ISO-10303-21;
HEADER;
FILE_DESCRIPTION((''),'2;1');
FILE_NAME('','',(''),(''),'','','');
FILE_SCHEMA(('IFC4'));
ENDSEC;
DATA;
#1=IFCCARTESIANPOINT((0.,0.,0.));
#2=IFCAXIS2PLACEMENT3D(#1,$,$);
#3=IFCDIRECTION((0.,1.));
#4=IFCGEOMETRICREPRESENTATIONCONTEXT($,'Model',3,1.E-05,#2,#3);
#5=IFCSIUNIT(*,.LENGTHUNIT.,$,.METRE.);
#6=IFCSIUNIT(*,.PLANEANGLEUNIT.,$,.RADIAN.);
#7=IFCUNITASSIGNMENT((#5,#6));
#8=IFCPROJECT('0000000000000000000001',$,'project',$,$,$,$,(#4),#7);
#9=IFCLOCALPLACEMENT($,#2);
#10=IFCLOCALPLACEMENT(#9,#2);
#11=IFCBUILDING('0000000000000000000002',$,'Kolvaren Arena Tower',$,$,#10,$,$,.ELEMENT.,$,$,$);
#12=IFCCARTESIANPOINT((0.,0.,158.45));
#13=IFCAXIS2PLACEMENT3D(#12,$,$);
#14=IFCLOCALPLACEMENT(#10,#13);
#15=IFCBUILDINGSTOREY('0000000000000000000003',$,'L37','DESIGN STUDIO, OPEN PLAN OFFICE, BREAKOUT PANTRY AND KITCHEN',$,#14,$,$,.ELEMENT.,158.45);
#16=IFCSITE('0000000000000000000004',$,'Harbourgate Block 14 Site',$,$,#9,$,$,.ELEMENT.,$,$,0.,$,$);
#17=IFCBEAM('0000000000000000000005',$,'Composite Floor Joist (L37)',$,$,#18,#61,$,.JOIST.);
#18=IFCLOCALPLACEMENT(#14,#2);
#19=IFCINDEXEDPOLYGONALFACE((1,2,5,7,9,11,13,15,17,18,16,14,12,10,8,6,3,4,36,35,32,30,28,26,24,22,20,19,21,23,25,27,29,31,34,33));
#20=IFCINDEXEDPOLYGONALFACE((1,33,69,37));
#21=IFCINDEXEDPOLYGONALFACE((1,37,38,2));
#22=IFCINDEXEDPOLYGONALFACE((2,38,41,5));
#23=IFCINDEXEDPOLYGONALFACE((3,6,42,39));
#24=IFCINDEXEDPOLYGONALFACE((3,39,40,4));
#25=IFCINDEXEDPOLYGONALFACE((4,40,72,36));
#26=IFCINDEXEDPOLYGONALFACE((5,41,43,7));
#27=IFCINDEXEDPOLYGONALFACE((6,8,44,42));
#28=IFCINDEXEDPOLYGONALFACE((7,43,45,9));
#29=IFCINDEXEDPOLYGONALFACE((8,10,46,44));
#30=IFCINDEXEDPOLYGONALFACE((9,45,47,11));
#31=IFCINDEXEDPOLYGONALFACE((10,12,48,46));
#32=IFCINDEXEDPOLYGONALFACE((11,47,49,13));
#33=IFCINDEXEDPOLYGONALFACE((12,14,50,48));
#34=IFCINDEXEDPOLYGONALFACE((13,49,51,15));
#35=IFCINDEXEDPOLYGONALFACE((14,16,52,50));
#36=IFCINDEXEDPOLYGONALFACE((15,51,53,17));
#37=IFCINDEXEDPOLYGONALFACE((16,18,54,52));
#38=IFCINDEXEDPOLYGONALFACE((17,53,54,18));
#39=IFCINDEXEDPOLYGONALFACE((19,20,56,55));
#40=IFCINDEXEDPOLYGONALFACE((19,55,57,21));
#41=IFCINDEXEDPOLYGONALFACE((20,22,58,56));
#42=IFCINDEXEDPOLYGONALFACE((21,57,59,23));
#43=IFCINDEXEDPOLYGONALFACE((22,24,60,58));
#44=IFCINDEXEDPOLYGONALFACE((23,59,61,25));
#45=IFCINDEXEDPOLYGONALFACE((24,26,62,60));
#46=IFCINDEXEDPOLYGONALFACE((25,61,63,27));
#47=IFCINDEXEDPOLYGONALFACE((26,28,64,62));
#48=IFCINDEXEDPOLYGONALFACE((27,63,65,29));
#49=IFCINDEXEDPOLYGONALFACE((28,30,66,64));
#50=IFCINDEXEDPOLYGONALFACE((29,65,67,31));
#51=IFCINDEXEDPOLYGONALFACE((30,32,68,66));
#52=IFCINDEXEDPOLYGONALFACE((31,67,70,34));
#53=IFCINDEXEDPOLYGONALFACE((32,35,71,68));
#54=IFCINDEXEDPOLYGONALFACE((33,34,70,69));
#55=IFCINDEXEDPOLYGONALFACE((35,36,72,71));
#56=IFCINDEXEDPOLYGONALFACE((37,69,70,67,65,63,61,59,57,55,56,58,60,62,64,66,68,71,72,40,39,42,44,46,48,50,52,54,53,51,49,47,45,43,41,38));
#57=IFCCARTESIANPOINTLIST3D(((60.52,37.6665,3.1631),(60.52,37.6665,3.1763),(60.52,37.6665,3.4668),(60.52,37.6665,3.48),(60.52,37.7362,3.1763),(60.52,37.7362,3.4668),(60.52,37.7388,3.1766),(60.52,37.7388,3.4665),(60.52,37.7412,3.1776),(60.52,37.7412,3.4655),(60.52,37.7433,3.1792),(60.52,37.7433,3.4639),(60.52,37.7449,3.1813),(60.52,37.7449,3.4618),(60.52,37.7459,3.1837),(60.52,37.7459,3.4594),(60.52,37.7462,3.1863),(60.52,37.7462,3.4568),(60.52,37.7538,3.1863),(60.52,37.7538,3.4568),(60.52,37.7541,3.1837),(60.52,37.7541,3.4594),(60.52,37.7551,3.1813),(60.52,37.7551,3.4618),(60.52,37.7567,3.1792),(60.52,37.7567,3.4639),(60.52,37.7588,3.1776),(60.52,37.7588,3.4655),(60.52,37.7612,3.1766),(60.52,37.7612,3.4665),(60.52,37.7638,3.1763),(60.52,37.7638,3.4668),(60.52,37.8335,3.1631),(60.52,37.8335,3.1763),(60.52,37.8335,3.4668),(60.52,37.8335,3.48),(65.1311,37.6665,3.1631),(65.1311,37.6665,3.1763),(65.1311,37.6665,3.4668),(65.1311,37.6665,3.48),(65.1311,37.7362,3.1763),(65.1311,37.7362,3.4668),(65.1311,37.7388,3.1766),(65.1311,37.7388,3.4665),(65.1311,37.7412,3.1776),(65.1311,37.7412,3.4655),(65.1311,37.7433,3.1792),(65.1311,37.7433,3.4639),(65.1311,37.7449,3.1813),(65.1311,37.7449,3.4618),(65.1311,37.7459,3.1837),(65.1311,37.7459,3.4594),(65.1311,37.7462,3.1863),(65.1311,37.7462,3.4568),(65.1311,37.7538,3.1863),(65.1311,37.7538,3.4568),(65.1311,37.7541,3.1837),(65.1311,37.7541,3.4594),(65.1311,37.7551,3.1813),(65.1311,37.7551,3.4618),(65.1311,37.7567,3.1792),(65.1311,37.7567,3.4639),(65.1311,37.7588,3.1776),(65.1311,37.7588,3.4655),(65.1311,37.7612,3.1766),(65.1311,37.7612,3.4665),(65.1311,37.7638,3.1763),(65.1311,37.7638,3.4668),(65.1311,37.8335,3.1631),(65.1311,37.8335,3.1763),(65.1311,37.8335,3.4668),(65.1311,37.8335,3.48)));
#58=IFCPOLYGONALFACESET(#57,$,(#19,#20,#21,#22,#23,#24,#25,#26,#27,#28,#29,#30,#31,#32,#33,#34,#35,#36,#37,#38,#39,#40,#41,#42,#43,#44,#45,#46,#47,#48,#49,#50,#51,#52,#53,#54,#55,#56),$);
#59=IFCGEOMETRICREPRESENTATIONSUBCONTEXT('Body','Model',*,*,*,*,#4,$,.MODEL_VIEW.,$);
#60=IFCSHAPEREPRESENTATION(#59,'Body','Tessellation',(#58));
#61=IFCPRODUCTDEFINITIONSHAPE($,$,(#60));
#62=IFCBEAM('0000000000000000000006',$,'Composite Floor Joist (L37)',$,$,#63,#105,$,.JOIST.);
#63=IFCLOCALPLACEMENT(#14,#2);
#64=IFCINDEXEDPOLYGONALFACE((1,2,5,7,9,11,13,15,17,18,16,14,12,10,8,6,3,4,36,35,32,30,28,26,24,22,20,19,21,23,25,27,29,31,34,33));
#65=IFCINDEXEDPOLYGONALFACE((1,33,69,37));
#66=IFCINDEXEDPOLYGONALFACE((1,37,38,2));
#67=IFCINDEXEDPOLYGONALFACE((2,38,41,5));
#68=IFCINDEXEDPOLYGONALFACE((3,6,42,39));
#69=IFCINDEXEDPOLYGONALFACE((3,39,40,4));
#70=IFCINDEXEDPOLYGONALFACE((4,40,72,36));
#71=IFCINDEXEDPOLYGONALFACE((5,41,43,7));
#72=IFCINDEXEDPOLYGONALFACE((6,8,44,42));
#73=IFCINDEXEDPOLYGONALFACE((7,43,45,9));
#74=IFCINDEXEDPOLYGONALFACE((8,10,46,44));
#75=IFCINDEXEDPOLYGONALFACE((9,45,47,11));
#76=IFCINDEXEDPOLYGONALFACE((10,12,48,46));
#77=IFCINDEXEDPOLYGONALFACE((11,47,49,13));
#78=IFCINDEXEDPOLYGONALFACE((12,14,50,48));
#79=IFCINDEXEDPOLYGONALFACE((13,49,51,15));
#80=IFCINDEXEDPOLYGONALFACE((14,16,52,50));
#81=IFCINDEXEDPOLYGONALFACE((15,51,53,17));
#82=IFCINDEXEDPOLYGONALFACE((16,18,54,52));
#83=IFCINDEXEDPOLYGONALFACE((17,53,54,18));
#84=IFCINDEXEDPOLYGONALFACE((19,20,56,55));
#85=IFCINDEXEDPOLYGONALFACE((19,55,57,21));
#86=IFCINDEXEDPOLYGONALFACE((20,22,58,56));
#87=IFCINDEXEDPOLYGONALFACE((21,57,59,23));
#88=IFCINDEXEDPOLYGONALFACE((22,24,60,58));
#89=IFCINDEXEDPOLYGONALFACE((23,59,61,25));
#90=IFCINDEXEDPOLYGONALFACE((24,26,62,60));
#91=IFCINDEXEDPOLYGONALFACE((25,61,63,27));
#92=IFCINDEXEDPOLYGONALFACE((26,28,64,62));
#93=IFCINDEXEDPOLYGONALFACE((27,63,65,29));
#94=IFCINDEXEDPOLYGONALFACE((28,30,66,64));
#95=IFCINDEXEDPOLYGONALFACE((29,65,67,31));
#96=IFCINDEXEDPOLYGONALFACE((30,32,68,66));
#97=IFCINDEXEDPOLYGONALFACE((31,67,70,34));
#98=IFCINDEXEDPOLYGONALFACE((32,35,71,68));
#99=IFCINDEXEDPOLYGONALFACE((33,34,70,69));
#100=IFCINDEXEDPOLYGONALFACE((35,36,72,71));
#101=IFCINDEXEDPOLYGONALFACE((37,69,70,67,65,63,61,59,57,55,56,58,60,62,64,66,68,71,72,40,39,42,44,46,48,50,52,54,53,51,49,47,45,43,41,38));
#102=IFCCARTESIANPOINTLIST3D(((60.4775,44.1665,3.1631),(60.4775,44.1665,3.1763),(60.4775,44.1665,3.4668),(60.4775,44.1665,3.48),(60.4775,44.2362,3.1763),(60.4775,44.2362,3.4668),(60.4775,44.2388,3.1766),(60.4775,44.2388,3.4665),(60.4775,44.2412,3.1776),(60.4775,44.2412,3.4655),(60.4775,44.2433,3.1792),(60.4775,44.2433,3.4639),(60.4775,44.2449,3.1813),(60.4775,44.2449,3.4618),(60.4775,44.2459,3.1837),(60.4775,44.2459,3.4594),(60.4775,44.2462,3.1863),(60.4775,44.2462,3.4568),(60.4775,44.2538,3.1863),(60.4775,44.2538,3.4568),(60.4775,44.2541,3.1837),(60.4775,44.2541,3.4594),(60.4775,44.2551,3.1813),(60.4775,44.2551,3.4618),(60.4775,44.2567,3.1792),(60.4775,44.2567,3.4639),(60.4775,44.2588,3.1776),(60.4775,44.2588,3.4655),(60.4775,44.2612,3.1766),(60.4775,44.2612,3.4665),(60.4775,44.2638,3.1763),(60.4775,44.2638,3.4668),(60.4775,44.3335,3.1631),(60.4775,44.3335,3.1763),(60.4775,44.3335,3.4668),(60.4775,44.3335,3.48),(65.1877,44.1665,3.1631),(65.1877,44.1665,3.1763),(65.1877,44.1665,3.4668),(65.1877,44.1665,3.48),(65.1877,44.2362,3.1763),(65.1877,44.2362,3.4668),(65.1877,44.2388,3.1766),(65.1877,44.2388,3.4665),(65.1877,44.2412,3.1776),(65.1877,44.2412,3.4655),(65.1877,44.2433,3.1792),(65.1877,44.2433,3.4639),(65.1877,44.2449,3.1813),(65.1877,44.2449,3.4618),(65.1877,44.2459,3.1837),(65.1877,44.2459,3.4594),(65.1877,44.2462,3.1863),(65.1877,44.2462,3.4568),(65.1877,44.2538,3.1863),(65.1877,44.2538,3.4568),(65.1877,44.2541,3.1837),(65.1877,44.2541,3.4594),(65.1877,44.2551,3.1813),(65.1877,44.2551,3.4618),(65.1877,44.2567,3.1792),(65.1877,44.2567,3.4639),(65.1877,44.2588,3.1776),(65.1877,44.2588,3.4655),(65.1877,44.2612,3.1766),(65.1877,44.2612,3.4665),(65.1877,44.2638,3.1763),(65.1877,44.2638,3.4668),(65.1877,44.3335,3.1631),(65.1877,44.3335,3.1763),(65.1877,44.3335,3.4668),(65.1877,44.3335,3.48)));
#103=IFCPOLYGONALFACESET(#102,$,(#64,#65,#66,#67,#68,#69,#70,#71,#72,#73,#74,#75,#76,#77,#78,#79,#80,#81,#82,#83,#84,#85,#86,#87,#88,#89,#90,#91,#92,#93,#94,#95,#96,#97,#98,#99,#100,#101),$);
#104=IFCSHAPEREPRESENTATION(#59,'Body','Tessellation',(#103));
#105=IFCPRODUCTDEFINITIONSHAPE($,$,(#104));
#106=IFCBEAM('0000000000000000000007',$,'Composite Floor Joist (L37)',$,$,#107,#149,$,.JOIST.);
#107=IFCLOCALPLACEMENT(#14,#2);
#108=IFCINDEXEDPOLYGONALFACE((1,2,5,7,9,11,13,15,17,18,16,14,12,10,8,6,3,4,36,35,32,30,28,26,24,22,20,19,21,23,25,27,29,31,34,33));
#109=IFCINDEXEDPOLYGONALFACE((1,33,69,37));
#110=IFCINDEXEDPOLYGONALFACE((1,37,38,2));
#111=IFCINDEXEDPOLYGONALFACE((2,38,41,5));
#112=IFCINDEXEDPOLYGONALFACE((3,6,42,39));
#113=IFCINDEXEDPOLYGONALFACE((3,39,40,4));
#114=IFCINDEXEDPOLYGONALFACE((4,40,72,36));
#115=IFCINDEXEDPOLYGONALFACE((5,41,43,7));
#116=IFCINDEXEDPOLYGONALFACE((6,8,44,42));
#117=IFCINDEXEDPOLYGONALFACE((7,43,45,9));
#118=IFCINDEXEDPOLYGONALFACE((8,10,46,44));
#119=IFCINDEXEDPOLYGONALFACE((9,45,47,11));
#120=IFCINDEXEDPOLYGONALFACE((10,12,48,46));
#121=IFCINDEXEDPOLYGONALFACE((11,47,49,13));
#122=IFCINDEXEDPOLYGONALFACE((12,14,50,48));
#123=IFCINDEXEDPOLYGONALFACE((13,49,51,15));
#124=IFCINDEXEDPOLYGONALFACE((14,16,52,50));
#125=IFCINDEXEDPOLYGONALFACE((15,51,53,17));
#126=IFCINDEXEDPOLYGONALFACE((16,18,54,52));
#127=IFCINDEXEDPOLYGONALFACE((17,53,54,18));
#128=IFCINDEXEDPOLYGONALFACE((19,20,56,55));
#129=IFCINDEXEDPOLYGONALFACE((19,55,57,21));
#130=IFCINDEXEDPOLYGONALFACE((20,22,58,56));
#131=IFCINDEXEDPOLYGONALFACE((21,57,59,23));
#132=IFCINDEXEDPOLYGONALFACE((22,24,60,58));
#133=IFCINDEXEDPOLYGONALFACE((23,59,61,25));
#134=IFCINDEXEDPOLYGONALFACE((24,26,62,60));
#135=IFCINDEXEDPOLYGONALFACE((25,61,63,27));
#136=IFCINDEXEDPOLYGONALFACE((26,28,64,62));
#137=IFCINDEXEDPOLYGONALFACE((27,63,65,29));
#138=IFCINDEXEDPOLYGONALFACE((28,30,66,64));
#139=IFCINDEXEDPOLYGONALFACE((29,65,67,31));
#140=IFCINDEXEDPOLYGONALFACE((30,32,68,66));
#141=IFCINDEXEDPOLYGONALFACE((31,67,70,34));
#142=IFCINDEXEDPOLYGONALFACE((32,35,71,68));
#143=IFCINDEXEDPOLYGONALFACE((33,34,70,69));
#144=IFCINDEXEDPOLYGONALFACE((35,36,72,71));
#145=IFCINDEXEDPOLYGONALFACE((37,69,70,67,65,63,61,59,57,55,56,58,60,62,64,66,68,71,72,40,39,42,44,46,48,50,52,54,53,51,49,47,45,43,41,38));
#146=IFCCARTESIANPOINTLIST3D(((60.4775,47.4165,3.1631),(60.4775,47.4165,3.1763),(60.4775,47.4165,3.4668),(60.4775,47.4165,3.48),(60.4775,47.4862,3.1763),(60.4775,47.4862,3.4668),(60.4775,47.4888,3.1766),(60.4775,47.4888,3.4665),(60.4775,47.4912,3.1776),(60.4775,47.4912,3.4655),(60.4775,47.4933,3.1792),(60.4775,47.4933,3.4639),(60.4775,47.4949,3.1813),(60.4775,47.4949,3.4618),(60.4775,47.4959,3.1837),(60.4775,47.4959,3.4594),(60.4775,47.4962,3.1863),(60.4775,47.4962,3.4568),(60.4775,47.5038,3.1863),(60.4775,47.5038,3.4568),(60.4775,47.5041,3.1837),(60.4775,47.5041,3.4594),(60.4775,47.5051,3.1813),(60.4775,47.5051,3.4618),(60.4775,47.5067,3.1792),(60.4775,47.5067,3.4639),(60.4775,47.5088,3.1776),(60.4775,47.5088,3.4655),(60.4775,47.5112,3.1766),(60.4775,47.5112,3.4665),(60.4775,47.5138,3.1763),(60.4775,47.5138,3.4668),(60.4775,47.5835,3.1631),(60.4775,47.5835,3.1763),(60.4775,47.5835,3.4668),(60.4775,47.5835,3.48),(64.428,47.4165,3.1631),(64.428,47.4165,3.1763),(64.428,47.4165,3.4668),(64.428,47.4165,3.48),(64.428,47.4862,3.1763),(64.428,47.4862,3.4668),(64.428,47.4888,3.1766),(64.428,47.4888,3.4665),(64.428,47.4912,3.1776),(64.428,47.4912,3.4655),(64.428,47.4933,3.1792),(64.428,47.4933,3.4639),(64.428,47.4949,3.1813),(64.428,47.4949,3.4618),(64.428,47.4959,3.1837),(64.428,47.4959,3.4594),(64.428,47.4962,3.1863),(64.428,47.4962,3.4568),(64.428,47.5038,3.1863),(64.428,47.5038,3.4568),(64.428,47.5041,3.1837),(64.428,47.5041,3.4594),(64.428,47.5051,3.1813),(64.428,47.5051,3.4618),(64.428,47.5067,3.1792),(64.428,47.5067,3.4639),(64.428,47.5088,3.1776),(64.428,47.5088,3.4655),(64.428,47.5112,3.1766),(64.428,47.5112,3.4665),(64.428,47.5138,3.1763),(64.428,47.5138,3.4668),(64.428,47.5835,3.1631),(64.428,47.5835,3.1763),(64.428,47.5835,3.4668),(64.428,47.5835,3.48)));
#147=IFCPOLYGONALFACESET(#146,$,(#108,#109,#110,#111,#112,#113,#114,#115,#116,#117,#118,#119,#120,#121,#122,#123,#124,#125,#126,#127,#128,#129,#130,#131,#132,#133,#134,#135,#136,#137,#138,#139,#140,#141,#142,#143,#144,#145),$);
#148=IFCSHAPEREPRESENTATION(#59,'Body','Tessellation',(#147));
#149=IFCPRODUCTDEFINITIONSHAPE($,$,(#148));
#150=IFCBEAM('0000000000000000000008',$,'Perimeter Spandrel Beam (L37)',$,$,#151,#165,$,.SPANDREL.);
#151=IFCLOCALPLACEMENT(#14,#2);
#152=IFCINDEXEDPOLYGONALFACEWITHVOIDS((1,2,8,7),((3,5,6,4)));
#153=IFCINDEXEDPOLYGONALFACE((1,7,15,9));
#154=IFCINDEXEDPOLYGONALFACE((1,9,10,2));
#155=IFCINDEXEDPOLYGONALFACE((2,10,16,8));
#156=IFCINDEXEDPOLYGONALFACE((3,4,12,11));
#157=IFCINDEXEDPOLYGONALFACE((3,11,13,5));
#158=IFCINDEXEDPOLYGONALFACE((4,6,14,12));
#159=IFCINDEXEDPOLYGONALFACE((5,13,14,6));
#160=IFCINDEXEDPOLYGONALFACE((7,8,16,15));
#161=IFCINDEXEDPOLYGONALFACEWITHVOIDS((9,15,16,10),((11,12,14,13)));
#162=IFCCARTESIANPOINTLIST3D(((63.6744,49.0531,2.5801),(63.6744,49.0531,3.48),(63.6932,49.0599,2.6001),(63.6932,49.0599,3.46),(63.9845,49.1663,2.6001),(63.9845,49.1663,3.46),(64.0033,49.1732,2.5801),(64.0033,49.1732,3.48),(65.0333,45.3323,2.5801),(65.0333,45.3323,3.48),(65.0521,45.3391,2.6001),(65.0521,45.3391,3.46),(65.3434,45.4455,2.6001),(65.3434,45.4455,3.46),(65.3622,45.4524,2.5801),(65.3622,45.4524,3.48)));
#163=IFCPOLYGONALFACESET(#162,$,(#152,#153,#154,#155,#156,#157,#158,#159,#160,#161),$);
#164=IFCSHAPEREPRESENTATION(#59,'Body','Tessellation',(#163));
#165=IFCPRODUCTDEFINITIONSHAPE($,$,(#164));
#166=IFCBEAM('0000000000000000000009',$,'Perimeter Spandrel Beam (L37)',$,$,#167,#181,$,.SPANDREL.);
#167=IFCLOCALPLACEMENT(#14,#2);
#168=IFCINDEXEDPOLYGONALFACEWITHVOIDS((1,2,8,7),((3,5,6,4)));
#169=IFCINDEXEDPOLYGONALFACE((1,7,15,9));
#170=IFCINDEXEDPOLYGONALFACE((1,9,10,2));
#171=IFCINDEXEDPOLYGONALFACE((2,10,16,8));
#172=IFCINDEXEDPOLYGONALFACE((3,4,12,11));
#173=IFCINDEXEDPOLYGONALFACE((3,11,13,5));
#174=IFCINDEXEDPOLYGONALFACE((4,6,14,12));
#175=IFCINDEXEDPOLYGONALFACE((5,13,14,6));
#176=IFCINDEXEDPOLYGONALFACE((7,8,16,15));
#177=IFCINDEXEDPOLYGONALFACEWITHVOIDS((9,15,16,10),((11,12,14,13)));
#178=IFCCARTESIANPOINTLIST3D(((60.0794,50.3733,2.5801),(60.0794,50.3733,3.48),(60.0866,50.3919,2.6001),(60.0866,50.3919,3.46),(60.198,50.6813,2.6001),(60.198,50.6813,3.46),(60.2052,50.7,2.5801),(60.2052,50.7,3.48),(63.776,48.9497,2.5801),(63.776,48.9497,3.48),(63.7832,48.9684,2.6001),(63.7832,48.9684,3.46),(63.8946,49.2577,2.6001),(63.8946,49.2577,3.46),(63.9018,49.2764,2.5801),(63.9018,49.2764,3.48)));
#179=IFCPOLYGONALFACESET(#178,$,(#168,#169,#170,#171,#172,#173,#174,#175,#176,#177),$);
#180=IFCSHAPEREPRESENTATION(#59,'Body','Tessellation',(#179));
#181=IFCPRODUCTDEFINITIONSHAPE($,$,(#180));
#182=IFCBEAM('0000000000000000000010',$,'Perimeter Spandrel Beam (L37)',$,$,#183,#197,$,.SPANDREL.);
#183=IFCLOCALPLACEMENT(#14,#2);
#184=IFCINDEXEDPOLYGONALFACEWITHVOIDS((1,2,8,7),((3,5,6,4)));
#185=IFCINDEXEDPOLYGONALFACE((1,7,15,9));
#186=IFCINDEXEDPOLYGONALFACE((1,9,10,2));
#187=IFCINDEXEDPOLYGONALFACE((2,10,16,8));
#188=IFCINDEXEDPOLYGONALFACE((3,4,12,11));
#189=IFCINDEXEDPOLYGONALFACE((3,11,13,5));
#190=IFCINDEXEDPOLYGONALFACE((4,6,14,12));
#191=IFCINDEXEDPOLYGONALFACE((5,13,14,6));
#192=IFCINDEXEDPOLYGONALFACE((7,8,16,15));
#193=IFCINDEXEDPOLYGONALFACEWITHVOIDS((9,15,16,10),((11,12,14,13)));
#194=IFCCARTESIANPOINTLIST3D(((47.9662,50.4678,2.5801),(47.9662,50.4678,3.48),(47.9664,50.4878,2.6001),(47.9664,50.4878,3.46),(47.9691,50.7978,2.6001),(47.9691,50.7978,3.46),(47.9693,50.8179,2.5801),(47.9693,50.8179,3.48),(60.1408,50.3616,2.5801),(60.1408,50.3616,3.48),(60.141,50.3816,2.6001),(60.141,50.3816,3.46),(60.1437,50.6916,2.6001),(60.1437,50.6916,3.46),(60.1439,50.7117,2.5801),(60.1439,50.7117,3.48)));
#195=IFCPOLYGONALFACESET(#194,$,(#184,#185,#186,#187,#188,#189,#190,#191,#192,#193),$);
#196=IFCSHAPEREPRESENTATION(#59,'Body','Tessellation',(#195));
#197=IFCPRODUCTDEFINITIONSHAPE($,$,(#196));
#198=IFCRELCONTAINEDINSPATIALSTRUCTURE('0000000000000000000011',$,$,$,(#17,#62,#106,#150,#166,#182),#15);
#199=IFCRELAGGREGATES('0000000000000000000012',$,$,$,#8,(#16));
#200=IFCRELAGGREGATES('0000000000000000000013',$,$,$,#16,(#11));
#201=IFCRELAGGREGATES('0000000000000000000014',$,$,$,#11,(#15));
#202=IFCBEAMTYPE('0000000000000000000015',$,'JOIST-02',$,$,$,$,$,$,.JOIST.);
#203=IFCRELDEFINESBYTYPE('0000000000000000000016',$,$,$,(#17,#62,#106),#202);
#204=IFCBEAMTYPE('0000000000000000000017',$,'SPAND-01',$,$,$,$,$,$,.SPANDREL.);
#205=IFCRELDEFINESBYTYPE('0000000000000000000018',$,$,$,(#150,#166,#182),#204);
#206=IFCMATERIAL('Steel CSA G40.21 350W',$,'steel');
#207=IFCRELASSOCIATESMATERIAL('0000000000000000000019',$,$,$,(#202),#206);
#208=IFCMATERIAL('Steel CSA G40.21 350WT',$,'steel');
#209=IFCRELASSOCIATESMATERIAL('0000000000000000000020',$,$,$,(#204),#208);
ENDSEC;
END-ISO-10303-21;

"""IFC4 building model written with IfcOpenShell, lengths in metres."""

from ifc_helpers import new_model, si_unit, direction, frame, origin, origin_2d, place, context, subcontext, project, spatial, hollow_rectangle, i_section, extrude, material, material_profile, profile_set, type_object, element, save


model = new_model("IFC4")

# Units and contexts
model_context = context("Model", 3, precision=1e-05, world=origin(), true_north=direction((0.0, 1.0)))
body_context = subcontext(model_context, "Body", "Model", "MODEL_VIEW")
ifc_project = project(units=[si_unit("LENGTHUNIT", "METRE"), si_unit("PLANEANGLEUNIT", "RADIAN")], contexts=[model_context])

# Site, building, storey
site_placement = place(None, origin())
site = spatial("IfcSite", under=ifc_project, at=site_placement, Name="Harbourgate Block 14 Site", CompositionType="ELEMENT", RefElevation=0.0)
building_placement = place(site_placement, origin())
building = spatial("IfcBuilding", under=site, at=building_placement, Name="Kolvaren Arena Tower", CompositionType="ELEMENT")
storey_placement = place(building_placement, frame((0.0, 0.0, 158.45)))
storey = spatial("IfcBuildingStorey", under=building, at=storey_placement, Name="L37", Description="DESIGN STUDIO, OPEN PLAN OFFICE, BREAKOUT PANTRY AND KITCHEN", CompositionType="ELEMENT", Elevation=158.45)

# Beams
ifc_material_1 = material(Name="Steel CSA G40.21 350W", Category="steel")
ifc_material_profile_1 = material_profile(ifc_material_1, i_section(OverallWidth=0.167, OverallDepth=0.3169, WebThickness=0.0076, FlangeThickness=0.0132, FilletRadius=0.01, at=origin_2d()), Name="W310x52")
ifc_profile_set_1 = profile_set([ifc_material_profile_1], Name="Steel CSA G40.21 350W")
beam_type_1 = type_object("IfcBeamType", Name="JOIST-02", PredefinedType="JOIST", material=ifc_profile_set_1)
beam_1_placement = place(storey_placement, frame((60.52, 37.75, 3.3215), z_axis=(1.0, 0.0, 0.0), x_axis=(0.0, 1.0, 0.0)))
element("IfcBeam", 1, at=beam_1_placement, inside=storey, type_object=beam_type_1, Name="Composite Floor Joist (L37)", PredefinedType="JOIST", context=body_context, shape_type="SweptSolid", body=[
    extrude(i_section(OverallWidth=0.167, OverallDepth=0.3169, WebThickness=0.0076, FlangeThickness=0.0132, FilletRadius=0.01, at=origin_2d()), origin(), (0.0, 0.0, 1.0), 4.6111),
])
beam_2_placement = place(storey_placement, frame((60.4775, 44.25, 3.3215), z_axis=(1.0, 0.0, 0.0), x_axis=(0.0, 1.0, 0.0)))
element("IfcBeam", 2, at=beam_2_placement, inside=storey, type_object=beam_type_1, Name="Composite Floor Joist (L37)", PredefinedType="JOIST", context=body_context, shape_type="SweptSolid", body=[
    extrude(i_section(OverallWidth=0.167, OverallDepth=0.3169, WebThickness=0.0076, FlangeThickness=0.0132, FilletRadius=0.01, at=origin_2d()), origin(), (0.0, 0.0, 1.0), 4.7102),
])
beam_3_placement = place(storey_placement, frame((60.4775, 47.5, 3.3215), z_axis=(1.0, 0.0, 0.0), x_axis=(0.0, 1.0, 0.0)))
element("IfcBeam", 3, at=beam_3_placement, inside=storey, type_object=beam_type_1, Name="Composite Floor Joist (L37)", PredefinedType="JOIST", context=body_context, shape_type="SweptSolid", body=[
    extrude(i_section(OverallWidth=0.167, OverallDepth=0.3169, WebThickness=0.0076, FlangeThickness=0.0132, FilletRadius=0.01, at=origin_2d()), origin(), (0.0, 0.0, 1.0), 3.9504),
])
ifc_material_2 = material(Name="Steel CSA G40.21 350WT", Category="steel")
ifc_material_profile_2 = material_profile(ifc_material_2, hollow_rectangle(XDim=0.3501, YDim=0.8999, WallThickness=0.02, at=origin_2d()), Name="HSS 900x350x20")
ifc_profile_set_2 = profile_set([ifc_material_profile_2], Name="Steel CSA G40.21 350WT")
beam_type_2 = type_object("IfcBeamType", Name="SPAND-01", PredefinedType="SPANDREL", material=ifc_profile_set_2)
for number, where, z_axis, x_axis, name in (
    (4, (65.1978, 45.3923, 3.03), (-0.343059, 0.939314, 0.0), (-0.939314, -0.343059, 0.0), "Perimeter Spandrel Beam (L37)"),
    (5, (63.8389, 49.113, 3.03), (-0.93319, 0.359384, 0.0), (-0.359384, -0.93319, 0.0), "Perimeter Spandrel Beam (L37)"),
):
    element("IfcBeam", number, at=place(storey_placement, frame(where, z_axis=z_axis, x_axis=x_axis)), inside=storey, type_object=beam_type_2, Name=name, PredefinedType="SPANDREL", context=body_context, shape_type="SweptSolid", body=[
        extrude(hollow_rectangle(XDim=0.3501, YDim=0.8999, WallThickness=0.02, at=origin_2d()), origin(), (0.0, 0.0, 1.0), 3.9612),
    ])
beam_4_placement = place(storey_placement, frame((60.1423, 50.5366, 3.03), z_axis=(-0.999962, 0.008723, 0.0), x_axis=(-0.008723, -0.999962, 0.0)))
element("IfcBeam", 6, at=beam_4_placement, inside=storey, type_object=beam_type_2, Name="Perimeter Spandrel Beam (L37)", PredefinedType="SPANDREL", context=body_context, shape_type="SweptSolid", body=[
    extrude(hollow_rectangle(XDim=0.3501, YDim=0.8999, WallThickness=0.02, at=origin_2d()), origin(), (0.0, 0.0, 1.0), 12.175),
])

save(model, "model.ifc")
